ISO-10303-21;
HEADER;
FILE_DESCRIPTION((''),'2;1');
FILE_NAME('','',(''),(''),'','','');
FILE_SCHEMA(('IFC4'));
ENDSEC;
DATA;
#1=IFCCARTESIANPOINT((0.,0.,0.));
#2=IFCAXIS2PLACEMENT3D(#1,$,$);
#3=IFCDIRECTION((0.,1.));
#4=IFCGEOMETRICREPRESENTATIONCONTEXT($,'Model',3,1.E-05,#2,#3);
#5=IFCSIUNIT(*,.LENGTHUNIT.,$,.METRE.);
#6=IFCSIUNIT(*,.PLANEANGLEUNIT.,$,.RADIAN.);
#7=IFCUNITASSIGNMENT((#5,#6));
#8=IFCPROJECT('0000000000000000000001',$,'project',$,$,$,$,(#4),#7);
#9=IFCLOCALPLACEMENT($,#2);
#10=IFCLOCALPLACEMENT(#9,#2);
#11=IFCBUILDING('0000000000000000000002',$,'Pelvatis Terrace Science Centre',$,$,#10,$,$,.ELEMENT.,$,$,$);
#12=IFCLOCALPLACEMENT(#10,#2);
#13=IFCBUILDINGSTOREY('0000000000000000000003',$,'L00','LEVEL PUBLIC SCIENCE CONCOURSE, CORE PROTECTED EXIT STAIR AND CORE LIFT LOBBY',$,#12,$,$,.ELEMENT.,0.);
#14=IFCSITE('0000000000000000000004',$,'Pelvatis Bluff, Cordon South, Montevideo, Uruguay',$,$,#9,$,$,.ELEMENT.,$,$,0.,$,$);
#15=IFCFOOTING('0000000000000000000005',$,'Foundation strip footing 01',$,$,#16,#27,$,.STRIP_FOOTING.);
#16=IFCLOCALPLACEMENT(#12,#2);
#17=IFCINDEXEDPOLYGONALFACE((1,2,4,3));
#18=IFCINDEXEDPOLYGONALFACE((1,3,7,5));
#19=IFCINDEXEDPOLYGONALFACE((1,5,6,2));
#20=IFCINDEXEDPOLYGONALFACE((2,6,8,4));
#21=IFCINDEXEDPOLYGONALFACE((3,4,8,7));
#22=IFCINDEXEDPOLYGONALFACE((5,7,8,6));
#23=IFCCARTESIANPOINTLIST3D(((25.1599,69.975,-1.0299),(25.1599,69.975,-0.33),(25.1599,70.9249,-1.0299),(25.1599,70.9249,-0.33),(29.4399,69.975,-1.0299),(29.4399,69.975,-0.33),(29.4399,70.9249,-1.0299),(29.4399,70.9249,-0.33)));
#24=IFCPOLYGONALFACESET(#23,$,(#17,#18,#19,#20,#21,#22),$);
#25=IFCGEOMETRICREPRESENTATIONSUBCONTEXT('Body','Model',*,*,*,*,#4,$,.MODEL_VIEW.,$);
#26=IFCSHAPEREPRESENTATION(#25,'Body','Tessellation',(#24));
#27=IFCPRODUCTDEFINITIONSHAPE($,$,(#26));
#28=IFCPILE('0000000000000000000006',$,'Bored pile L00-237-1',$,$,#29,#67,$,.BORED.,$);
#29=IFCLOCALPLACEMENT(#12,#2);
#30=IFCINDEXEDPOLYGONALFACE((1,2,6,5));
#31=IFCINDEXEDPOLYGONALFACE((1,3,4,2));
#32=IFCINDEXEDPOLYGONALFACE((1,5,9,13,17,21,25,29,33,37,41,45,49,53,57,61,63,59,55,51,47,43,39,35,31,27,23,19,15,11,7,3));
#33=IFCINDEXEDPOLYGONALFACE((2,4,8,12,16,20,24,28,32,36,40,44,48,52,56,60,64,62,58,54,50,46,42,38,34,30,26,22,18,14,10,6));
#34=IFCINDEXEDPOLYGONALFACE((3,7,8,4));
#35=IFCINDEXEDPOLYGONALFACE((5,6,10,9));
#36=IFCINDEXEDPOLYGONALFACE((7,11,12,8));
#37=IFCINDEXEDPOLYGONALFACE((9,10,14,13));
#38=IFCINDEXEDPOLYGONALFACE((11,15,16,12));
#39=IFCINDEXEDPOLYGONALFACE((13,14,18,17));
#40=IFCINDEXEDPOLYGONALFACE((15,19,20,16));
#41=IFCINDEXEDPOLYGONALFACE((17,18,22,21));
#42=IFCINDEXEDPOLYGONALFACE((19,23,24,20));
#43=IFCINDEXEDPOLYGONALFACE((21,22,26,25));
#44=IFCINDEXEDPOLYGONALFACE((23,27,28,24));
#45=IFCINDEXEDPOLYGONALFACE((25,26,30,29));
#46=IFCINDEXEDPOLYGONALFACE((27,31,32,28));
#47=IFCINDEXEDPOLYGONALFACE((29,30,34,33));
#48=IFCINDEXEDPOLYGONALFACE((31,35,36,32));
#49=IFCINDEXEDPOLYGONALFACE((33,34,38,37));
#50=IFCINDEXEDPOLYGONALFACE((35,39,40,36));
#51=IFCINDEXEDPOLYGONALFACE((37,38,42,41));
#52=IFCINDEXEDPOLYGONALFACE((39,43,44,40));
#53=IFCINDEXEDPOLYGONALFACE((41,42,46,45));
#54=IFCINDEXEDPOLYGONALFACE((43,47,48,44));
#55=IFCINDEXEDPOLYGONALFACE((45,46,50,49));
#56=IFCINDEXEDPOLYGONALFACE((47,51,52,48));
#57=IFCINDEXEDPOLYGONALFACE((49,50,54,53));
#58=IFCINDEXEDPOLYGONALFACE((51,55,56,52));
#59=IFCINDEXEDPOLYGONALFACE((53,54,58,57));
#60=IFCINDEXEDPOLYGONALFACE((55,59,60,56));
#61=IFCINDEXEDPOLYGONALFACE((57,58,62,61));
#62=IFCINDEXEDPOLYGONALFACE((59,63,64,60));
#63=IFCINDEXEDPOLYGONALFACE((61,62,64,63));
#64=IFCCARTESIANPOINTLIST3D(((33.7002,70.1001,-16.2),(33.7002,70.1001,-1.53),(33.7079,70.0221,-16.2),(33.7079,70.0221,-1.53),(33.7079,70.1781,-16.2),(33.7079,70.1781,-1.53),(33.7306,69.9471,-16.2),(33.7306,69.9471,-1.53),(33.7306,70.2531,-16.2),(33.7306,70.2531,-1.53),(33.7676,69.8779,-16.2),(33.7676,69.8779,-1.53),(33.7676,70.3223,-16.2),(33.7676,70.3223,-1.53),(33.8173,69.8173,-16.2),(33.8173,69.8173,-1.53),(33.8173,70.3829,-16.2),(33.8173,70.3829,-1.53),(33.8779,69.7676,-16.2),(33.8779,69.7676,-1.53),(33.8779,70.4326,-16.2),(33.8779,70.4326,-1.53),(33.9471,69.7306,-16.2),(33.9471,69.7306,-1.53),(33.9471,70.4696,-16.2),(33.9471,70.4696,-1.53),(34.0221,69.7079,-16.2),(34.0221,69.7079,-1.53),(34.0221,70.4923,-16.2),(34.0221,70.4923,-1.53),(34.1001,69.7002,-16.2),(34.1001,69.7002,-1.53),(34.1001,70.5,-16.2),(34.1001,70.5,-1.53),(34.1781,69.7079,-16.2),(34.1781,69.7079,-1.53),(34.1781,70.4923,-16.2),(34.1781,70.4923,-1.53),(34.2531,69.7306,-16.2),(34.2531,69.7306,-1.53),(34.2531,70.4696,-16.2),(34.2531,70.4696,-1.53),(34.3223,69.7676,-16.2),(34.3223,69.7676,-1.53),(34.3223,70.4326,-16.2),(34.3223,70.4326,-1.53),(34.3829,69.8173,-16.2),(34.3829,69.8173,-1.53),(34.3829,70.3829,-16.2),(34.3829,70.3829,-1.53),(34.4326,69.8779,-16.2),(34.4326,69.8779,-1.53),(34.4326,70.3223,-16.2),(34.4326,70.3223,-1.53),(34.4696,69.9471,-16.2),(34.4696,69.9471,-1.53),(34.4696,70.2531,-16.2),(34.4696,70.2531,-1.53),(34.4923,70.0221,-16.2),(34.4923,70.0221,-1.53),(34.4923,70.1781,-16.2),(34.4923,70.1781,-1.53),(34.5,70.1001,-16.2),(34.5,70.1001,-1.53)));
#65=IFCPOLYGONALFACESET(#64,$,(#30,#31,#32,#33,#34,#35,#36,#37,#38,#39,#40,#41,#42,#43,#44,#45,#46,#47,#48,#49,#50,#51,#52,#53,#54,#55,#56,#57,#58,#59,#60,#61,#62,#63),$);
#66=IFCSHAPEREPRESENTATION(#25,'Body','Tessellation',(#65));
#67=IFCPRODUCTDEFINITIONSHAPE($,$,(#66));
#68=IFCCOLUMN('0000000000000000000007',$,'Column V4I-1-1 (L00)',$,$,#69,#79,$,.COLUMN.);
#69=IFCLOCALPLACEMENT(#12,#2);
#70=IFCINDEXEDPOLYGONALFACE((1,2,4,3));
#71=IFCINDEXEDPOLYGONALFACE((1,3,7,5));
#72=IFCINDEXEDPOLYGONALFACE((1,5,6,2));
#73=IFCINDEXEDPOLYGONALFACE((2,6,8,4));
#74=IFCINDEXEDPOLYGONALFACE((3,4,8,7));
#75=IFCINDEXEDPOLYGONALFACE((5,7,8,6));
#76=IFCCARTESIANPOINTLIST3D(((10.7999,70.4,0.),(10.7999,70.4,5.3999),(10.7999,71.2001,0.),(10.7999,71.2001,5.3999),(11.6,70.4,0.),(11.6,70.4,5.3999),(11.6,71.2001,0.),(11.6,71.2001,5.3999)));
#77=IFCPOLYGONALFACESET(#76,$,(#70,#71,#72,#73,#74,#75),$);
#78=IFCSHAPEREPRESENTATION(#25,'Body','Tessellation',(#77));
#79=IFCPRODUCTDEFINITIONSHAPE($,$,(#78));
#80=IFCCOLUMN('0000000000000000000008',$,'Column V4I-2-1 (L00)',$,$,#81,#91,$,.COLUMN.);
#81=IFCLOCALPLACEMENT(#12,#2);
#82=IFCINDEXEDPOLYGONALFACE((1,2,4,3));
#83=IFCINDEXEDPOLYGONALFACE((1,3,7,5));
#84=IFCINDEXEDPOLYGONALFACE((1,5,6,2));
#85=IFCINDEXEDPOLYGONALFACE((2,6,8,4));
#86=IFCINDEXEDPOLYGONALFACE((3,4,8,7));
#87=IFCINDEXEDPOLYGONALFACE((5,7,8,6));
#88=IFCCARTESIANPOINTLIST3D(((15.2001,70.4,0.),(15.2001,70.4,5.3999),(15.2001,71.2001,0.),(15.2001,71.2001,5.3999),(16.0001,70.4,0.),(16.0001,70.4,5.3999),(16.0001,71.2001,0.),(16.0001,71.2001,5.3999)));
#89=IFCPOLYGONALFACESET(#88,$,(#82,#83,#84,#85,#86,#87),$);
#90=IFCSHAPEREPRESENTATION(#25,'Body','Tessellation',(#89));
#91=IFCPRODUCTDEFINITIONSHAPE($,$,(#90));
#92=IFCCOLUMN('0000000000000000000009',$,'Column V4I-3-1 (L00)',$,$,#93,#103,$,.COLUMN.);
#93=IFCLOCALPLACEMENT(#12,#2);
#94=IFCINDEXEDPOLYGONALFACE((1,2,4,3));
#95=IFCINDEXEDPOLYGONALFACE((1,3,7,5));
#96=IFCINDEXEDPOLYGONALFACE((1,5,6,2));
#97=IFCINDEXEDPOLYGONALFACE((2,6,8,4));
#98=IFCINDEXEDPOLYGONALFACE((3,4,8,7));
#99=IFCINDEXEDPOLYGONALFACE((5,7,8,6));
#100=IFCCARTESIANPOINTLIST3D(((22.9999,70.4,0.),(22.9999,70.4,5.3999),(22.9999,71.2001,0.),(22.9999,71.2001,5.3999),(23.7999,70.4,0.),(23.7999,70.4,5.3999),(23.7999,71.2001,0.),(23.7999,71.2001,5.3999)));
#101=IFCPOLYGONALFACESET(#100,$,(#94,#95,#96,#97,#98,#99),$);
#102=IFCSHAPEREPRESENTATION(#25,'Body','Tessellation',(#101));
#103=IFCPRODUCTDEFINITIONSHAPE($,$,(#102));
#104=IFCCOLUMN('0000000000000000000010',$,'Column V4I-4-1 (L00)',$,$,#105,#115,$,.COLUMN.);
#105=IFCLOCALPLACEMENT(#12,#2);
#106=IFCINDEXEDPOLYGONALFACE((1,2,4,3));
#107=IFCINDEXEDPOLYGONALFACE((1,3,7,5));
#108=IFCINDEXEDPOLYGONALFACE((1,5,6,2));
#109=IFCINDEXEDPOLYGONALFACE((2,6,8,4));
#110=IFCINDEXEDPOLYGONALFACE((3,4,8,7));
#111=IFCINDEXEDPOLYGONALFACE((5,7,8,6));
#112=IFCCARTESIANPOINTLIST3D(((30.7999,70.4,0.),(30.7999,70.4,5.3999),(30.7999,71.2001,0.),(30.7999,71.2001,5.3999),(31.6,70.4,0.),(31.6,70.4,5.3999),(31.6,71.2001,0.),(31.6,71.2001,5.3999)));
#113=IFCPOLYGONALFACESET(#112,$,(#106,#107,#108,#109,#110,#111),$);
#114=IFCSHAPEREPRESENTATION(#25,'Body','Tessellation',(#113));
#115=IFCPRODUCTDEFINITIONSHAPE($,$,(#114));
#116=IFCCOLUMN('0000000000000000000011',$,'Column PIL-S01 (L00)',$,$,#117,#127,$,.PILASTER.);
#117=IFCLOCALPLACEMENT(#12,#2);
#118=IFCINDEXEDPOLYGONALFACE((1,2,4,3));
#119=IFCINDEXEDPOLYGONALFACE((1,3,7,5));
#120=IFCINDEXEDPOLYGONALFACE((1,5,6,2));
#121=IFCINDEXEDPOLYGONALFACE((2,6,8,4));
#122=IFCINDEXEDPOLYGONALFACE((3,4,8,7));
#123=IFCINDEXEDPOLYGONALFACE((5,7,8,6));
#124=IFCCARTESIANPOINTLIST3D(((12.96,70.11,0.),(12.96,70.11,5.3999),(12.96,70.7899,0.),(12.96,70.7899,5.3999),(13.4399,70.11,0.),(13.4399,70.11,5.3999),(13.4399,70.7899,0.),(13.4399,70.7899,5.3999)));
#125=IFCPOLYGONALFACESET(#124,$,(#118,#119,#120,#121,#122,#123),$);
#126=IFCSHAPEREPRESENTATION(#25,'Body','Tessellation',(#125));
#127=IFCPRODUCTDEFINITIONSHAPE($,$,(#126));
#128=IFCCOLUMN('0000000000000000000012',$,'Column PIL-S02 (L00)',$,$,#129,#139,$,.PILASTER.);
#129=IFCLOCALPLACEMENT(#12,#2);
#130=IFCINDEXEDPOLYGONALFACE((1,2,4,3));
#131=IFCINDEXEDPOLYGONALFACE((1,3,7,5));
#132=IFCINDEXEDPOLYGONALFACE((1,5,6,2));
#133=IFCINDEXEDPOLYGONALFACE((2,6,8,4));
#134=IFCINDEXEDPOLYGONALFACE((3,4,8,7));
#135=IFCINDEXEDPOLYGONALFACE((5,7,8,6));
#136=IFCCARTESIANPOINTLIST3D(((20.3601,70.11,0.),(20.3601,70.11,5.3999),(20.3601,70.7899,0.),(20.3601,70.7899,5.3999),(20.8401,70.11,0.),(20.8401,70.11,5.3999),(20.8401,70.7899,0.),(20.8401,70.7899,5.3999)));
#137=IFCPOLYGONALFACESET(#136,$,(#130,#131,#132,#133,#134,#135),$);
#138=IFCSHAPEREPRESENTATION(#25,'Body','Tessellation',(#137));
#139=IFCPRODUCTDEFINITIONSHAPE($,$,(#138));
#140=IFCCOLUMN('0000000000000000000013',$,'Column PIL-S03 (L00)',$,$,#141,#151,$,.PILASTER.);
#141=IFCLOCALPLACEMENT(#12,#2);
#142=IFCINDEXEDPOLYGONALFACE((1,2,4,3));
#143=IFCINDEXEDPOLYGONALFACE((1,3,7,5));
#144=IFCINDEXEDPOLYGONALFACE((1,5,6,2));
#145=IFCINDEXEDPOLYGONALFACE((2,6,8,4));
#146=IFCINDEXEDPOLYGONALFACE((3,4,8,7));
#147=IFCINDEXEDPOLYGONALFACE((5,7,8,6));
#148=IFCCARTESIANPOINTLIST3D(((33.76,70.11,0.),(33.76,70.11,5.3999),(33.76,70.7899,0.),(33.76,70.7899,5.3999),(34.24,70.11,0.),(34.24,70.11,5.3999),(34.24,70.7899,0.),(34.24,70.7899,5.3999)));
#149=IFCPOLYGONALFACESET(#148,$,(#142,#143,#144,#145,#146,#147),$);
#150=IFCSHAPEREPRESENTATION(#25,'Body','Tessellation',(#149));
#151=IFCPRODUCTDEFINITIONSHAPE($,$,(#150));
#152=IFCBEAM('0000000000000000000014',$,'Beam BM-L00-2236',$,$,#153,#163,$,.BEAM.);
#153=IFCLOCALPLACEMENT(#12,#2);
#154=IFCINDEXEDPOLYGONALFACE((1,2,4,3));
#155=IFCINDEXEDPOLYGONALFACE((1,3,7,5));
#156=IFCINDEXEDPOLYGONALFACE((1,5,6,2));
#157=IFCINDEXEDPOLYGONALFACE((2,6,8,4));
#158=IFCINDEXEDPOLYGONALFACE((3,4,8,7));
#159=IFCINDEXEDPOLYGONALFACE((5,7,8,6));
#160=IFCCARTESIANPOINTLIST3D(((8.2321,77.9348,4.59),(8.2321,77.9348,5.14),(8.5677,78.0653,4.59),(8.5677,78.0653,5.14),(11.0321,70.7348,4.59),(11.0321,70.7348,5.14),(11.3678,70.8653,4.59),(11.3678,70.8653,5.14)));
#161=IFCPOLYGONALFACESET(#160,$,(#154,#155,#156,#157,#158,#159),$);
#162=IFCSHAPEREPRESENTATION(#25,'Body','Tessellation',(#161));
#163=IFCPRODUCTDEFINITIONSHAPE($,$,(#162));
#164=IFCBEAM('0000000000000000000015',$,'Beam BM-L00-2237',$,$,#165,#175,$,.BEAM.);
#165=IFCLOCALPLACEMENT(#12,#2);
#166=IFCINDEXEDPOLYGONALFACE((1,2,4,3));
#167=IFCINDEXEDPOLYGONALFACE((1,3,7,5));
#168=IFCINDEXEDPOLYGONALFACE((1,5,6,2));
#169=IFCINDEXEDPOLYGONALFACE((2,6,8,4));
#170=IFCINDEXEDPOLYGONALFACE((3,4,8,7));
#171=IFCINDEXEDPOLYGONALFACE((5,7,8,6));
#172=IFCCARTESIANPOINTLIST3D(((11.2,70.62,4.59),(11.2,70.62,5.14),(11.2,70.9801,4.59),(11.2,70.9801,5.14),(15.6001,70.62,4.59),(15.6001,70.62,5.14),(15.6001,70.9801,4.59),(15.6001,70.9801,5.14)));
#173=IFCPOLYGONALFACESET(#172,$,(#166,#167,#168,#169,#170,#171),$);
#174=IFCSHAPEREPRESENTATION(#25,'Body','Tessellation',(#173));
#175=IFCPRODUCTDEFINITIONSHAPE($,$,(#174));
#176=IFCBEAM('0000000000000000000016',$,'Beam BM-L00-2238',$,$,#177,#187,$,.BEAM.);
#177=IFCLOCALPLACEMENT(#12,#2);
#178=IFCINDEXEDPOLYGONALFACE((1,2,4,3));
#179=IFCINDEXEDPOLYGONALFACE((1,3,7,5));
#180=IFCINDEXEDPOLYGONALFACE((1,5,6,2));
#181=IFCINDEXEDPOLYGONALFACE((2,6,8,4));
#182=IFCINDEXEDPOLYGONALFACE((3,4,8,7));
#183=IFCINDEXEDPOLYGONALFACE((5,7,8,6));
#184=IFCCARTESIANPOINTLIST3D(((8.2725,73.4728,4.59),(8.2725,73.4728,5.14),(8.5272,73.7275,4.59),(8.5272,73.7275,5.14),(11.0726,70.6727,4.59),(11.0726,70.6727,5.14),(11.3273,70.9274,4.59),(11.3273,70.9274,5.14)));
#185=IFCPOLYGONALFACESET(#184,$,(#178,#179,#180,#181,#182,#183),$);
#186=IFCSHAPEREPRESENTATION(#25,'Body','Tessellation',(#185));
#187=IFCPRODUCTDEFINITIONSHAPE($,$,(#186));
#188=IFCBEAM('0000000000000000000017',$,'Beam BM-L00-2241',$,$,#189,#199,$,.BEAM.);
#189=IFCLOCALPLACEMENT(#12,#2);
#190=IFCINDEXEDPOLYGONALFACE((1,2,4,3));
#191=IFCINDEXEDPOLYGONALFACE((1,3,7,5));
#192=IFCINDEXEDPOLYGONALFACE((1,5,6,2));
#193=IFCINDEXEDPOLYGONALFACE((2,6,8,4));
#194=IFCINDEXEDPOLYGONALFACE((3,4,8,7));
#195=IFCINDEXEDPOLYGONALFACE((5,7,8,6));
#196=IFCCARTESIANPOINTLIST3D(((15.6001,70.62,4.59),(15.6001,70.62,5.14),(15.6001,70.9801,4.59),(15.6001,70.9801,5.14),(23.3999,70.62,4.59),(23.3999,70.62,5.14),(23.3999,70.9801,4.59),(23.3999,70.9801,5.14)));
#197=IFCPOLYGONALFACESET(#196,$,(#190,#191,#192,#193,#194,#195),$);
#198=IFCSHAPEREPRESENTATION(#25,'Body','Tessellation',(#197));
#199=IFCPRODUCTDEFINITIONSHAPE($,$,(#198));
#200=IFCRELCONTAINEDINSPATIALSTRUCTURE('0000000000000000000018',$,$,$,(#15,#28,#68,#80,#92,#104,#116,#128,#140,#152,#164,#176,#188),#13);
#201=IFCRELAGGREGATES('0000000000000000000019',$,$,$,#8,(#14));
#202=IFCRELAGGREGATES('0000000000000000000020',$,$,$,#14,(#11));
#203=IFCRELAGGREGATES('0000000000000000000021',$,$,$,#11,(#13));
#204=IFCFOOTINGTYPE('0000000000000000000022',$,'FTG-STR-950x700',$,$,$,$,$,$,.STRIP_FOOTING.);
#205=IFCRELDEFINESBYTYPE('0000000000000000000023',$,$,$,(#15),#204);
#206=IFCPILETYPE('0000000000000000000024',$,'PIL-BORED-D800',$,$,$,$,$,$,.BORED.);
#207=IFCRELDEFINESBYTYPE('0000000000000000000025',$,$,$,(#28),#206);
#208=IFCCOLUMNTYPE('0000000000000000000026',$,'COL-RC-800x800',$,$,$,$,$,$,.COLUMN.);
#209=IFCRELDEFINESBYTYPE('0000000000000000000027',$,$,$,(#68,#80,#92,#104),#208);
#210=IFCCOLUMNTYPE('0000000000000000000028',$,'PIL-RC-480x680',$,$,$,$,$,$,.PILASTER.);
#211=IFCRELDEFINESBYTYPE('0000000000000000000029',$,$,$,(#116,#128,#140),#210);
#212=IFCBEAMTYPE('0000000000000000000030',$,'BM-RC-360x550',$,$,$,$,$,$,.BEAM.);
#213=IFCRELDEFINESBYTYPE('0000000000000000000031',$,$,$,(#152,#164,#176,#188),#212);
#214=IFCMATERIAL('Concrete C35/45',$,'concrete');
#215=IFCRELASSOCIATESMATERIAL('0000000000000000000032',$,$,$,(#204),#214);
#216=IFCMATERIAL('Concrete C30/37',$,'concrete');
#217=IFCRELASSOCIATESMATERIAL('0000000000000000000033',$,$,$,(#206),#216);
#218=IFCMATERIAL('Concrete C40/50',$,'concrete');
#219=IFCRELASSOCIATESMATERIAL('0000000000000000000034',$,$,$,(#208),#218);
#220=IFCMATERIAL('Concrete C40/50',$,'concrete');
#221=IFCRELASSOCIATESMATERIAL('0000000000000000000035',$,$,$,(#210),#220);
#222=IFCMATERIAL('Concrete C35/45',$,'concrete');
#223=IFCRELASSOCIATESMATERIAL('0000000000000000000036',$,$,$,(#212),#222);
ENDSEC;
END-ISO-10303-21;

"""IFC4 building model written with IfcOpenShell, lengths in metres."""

from ifc_helpers import new_model, si_unit, direction, frame, origin, origin_2d, place, context, subcontext, project, spatial, rectangle, circle, extrude, material, material_profile, profile_set, type_object, element, save


model = new_model("IFC4")

# Units and contexts
model_context = context("Model", 3, precision=1e-05, world=origin(), true_north=direction((0.0, 1.0)))
body_context = subcontext(model_context, "Body", "Model", "MODEL_VIEW")
ifc_project = project(units=[si_unit("LENGTHUNIT", "METRE"), si_unit("PLANEANGLEUNIT", "RADIAN")], contexts=[model_context])

# Site, building, storey
site_placement = place(None, origin())
site = spatial("IfcSite", under=ifc_project, at=site_placement, Name="Pelvatis Bluff, Cordon South, Montevideo, Uruguay", CompositionType="ELEMENT", RefElevation=0.0)
building_placement = place(site_placement, origin())
building = spatial("IfcBuilding", under=site, at=building_placement, Name="Pelvatis Terrace Science Centre", CompositionType="ELEMENT")
storey_placement = place(building_placement, origin())
storey = spatial("IfcBuildingStorey", under=building, at=storey_placement, Name="L00", Description="LEVEL PUBLIC SCIENCE CONCOURSE, CORE PROTECTED EXIT STAIR AND CORE LIFT LOBBY", CompositionType="ELEMENT", Elevation=0.0)

# Footing
ifc_material_1 = material(Name="Concrete C35/45", Category="concrete")
ifc_material_profile_1 = material_profile(ifc_material_1, rectangle(XDim=0.95, YDim=0.7, at=origin_2d()), Name="RC-STR 950x700")
ifc_profile_set_1 = profile_set([ifc_material_profile_1], Name="Concrete C35/45")
footing_type = type_object("IfcFootingType", Name="FTG-STR-950x700", PredefinedType="STRIP_FOOTING", material=ifc_profile_set_1)
footing_placement = place(storey_placement, frame((25.1599, 70.45, -0.6799), z_axis=(1.0, 0.0, 0.0), x_axis=(0.0, 1.0, 0.0)))
element("IfcFooting", 1, at=footing_placement, inside=storey, type_object=footing_type, Name="Foundation strip footing 01", PredefinedType="STRIP_FOOTING", context=body_context, shape_type="SweptSolid", body=[
    extrude(rectangle(XDim=0.95, YDim=0.7, at=origin_2d()), origin(), (0.0, 0.0, 1.0), 4.28),
])

# Pile
ifc_material_2 = material(Name="Concrete C30/37", Category="concrete")
ifc_material_profile_2 = material_profile(ifc_material_2, circle(Radius=0.3999, at=origin_2d()), Name="PILE D800")
ifc_profile_set_2 = profile_set([ifc_material_profile_2], Name="Concrete C30/37")
pile_type = type_object("IfcPileType", Name="PIL-BORED-D800", PredefinedType="BORED", material=ifc_profile_set_2)
pile_placement = place(storey_placement, frame((34.1001, 70.1001, -1.53), z_axis=(0.0, 0.0, -1.0), x_axis=(1.0, 0.0, 0.0)))
element("IfcPile", 2, at=pile_placement, inside=storey, type_object=pile_type, Name="Bored pile L00-237-1", PredefinedType="BORED", context=body_context, shape_type="SweptSolid", body=[
    extrude(circle(Radius=0.3999, at=origin_2d()), origin(), (0.0, 0.0, 1.0), 14.6699),
])

# Columns
ifc_material_3 = material(Name="Concrete C40/50", Category="concrete")
ifc_material_profile_3 = material_profile(ifc_material_3, rectangle(XDim=0.8, YDim=0.8, at=origin_2d()), Name="RC-COL 800x800")
ifc_profile_set_3 = profile_set([ifc_material_profile_3], Name="Concrete C40/50")
column_type_1 = type_object("IfcColumnType", Name="COL-RC-800x800", PredefinedType="COLUMN", material=ifc_profile_set_3)
for number, where, z_axis, x_axis, name in (
    (3, (11.2, 70.8, 0.0), (0.0, 0.0, 1.0), (1.0, 0.0, 0.0), "Column V4I-1-1 (L00)"),
    (4, (15.6001, 70.8, 0.0), (0.0, 0.0, 1.0), (1.0, 0.0, 0.0), "Column V4I-2-1 (L00)"),
    (5, (23.3999, 70.8, 0.0), (0.0, 0.0, 1.0), (1.0, 0.0, 0.0), "Column V4I-3-1 (L00)"),
    (6, (31.2, 70.8, 0.0), (0.0, 0.0, 1.0), (1.0, 0.0, 0.0), "Column V4I-4-1 (L00)"),
):
    element("IfcColumn", number, at=place(storey_placement, frame(where, z_axis=z_axis, x_axis=x_axis)), inside=storey, type_object=column_type_1, Name=name, PredefinedType="COLUMN", context=body_context, shape_type="SweptSolid", body=[
        extrude(rectangle(XDim=0.8, YDim=0.8, at=origin_2d()), origin(), (0.0, 0.0, 1.0), 5.3999),
    ])
ifc_material_4 = material(Name="Concrete C40/50", Category="concrete")
ifc_material_profile_4 = material_profile(ifc_material_4, rectangle(XDim=0.48, YDim=0.6799, at=origin_2d()), Name="RC-PIL 480x680")
ifc_profile_set_4 = profile_set([ifc_material_profile_4], Name="Concrete C40/50")
column_type_2 = type_object("IfcColumnType", Name="PIL-RC-480x680", PredefinedType="PILASTER", material=ifc_profile_set_4)
for number, where, z_axis, x_axis, name in (
    (7, (13.2, 70.45, 0.0), (0.0, 0.0, 1.0), (1.0, 0.0, 0.0), "Column PIL-S01 (L00)"),
    (8, (20.6001, 70.45, 0.0), (0.0, 0.0, 1.0), (1.0, 0.0, 0.0), "Column PIL-S02 (L00)"),
    (9, (34.0, 70.45, 0.0), (0.0, 0.0, 1.0), (1.0, 0.0, 0.0), "Column PIL-S03 (L00)"),
):
    element("IfcColumn", number, at=place(storey_placement, frame(where, z_axis=z_axis, x_axis=x_axis)), inside=storey, type_object=column_type_2, Name=name, PredefinedType="PILASTER", context=body_context, shape_type="SweptSolid", body=[
        extrude(rectangle(XDim=0.48, YDim=0.6799, at=origin_2d()), origin(), (0.0, 0.0, 1.0), 5.3999),
    ])

# Beams
ifc_material_5 = material(Name="Concrete C35/45", Category="concrete")
ifc_material_profile_5 = material_profile(ifc_material_5, rectangle(XDim=0.3601, YDim=0.55, at=origin_2d()), Name="RC-BM 360x550")
ifc_profile_set_5 = profile_set([ifc_material_profile_5], Name="Concrete C35/45")
beam_type = type_object("IfcBeamType", Name="BM-RC-360x550", PredefinedType="BEAM", material=ifc_profile_set_5)
beam_1_placement = place(storey_placement, frame((11.2, 70.8, 4.865), z_axis=(-0.362454, 0.932002, 0.0), x_axis=(-0.932002, -0.362454, 0.0)))
element("IfcBeam", 10, at=beam_1_placement, inside=storey, type_object=beam_type, Name="Beam BM-L00-2236", PredefinedType="BEAM", context=body_context, shape_type="SweptSolid", body=[
    extrude(rectangle(XDim=0.3601, YDim=0.55, at=origin_2d()), origin(), (0.0, 0.0, 1.0), 7.7253),
])
beam_2_placement = place(storey_placement, frame((11.2, 70.8, 4.865), z_axis=(1.0, 0.0, 0.0), x_axis=(0.0, 1.0, 0.0)))
element("IfcBeam", 11, at=beam_2_placement, inside=storey, type_object=beam_type, Name="Beam BM-L00-2237", PredefinedType="BEAM", context=body_context, shape_type="SweptSolid", body=[
    extrude(rectangle(XDim=0.3601, YDim=0.55, at=origin_2d()), origin(), (0.0, 0.0, 1.0), 4.4001),
])
beam_3_placement = place(storey_placement, frame((11.2, 70.8, 4.865), z_axis=(-0.707107, 0.707107, 0.0), x_axis=(-0.707107, -0.707107, 0.0)))
element("IfcBeam", 12, at=beam_3_placement, inside=storey, type_object=beam_type, Name="Beam BM-L00-2238", PredefinedType="BEAM", context=body_context, shape_type="SweptSolid", body=[
    extrude(rectangle(XDim=0.3601, YDim=0.55, at=origin_2d()), origin(), (0.0, 0.0, 1.0), 3.96),
])
beam_4_placement = place(storey_placement, frame((15.6001, 70.8, 4.865), z_axis=(1.0, 0.0, 0.0), x_axis=(0.0, 1.0, 0.0)))
element("IfcBeam", 13, at=beam_4_placement, inside=storey, type_object=beam_type, Name="Beam BM-L00-2241", PredefinedType="BEAM", context=body_context, shape_type="SweptSolid", body=[
    extrude(rectangle(XDim=0.3601, YDim=0.55, at=origin_2d()), origin(), (0.0, 0.0, 1.0), 7.7998),
])

save(model, "model.ifc")
